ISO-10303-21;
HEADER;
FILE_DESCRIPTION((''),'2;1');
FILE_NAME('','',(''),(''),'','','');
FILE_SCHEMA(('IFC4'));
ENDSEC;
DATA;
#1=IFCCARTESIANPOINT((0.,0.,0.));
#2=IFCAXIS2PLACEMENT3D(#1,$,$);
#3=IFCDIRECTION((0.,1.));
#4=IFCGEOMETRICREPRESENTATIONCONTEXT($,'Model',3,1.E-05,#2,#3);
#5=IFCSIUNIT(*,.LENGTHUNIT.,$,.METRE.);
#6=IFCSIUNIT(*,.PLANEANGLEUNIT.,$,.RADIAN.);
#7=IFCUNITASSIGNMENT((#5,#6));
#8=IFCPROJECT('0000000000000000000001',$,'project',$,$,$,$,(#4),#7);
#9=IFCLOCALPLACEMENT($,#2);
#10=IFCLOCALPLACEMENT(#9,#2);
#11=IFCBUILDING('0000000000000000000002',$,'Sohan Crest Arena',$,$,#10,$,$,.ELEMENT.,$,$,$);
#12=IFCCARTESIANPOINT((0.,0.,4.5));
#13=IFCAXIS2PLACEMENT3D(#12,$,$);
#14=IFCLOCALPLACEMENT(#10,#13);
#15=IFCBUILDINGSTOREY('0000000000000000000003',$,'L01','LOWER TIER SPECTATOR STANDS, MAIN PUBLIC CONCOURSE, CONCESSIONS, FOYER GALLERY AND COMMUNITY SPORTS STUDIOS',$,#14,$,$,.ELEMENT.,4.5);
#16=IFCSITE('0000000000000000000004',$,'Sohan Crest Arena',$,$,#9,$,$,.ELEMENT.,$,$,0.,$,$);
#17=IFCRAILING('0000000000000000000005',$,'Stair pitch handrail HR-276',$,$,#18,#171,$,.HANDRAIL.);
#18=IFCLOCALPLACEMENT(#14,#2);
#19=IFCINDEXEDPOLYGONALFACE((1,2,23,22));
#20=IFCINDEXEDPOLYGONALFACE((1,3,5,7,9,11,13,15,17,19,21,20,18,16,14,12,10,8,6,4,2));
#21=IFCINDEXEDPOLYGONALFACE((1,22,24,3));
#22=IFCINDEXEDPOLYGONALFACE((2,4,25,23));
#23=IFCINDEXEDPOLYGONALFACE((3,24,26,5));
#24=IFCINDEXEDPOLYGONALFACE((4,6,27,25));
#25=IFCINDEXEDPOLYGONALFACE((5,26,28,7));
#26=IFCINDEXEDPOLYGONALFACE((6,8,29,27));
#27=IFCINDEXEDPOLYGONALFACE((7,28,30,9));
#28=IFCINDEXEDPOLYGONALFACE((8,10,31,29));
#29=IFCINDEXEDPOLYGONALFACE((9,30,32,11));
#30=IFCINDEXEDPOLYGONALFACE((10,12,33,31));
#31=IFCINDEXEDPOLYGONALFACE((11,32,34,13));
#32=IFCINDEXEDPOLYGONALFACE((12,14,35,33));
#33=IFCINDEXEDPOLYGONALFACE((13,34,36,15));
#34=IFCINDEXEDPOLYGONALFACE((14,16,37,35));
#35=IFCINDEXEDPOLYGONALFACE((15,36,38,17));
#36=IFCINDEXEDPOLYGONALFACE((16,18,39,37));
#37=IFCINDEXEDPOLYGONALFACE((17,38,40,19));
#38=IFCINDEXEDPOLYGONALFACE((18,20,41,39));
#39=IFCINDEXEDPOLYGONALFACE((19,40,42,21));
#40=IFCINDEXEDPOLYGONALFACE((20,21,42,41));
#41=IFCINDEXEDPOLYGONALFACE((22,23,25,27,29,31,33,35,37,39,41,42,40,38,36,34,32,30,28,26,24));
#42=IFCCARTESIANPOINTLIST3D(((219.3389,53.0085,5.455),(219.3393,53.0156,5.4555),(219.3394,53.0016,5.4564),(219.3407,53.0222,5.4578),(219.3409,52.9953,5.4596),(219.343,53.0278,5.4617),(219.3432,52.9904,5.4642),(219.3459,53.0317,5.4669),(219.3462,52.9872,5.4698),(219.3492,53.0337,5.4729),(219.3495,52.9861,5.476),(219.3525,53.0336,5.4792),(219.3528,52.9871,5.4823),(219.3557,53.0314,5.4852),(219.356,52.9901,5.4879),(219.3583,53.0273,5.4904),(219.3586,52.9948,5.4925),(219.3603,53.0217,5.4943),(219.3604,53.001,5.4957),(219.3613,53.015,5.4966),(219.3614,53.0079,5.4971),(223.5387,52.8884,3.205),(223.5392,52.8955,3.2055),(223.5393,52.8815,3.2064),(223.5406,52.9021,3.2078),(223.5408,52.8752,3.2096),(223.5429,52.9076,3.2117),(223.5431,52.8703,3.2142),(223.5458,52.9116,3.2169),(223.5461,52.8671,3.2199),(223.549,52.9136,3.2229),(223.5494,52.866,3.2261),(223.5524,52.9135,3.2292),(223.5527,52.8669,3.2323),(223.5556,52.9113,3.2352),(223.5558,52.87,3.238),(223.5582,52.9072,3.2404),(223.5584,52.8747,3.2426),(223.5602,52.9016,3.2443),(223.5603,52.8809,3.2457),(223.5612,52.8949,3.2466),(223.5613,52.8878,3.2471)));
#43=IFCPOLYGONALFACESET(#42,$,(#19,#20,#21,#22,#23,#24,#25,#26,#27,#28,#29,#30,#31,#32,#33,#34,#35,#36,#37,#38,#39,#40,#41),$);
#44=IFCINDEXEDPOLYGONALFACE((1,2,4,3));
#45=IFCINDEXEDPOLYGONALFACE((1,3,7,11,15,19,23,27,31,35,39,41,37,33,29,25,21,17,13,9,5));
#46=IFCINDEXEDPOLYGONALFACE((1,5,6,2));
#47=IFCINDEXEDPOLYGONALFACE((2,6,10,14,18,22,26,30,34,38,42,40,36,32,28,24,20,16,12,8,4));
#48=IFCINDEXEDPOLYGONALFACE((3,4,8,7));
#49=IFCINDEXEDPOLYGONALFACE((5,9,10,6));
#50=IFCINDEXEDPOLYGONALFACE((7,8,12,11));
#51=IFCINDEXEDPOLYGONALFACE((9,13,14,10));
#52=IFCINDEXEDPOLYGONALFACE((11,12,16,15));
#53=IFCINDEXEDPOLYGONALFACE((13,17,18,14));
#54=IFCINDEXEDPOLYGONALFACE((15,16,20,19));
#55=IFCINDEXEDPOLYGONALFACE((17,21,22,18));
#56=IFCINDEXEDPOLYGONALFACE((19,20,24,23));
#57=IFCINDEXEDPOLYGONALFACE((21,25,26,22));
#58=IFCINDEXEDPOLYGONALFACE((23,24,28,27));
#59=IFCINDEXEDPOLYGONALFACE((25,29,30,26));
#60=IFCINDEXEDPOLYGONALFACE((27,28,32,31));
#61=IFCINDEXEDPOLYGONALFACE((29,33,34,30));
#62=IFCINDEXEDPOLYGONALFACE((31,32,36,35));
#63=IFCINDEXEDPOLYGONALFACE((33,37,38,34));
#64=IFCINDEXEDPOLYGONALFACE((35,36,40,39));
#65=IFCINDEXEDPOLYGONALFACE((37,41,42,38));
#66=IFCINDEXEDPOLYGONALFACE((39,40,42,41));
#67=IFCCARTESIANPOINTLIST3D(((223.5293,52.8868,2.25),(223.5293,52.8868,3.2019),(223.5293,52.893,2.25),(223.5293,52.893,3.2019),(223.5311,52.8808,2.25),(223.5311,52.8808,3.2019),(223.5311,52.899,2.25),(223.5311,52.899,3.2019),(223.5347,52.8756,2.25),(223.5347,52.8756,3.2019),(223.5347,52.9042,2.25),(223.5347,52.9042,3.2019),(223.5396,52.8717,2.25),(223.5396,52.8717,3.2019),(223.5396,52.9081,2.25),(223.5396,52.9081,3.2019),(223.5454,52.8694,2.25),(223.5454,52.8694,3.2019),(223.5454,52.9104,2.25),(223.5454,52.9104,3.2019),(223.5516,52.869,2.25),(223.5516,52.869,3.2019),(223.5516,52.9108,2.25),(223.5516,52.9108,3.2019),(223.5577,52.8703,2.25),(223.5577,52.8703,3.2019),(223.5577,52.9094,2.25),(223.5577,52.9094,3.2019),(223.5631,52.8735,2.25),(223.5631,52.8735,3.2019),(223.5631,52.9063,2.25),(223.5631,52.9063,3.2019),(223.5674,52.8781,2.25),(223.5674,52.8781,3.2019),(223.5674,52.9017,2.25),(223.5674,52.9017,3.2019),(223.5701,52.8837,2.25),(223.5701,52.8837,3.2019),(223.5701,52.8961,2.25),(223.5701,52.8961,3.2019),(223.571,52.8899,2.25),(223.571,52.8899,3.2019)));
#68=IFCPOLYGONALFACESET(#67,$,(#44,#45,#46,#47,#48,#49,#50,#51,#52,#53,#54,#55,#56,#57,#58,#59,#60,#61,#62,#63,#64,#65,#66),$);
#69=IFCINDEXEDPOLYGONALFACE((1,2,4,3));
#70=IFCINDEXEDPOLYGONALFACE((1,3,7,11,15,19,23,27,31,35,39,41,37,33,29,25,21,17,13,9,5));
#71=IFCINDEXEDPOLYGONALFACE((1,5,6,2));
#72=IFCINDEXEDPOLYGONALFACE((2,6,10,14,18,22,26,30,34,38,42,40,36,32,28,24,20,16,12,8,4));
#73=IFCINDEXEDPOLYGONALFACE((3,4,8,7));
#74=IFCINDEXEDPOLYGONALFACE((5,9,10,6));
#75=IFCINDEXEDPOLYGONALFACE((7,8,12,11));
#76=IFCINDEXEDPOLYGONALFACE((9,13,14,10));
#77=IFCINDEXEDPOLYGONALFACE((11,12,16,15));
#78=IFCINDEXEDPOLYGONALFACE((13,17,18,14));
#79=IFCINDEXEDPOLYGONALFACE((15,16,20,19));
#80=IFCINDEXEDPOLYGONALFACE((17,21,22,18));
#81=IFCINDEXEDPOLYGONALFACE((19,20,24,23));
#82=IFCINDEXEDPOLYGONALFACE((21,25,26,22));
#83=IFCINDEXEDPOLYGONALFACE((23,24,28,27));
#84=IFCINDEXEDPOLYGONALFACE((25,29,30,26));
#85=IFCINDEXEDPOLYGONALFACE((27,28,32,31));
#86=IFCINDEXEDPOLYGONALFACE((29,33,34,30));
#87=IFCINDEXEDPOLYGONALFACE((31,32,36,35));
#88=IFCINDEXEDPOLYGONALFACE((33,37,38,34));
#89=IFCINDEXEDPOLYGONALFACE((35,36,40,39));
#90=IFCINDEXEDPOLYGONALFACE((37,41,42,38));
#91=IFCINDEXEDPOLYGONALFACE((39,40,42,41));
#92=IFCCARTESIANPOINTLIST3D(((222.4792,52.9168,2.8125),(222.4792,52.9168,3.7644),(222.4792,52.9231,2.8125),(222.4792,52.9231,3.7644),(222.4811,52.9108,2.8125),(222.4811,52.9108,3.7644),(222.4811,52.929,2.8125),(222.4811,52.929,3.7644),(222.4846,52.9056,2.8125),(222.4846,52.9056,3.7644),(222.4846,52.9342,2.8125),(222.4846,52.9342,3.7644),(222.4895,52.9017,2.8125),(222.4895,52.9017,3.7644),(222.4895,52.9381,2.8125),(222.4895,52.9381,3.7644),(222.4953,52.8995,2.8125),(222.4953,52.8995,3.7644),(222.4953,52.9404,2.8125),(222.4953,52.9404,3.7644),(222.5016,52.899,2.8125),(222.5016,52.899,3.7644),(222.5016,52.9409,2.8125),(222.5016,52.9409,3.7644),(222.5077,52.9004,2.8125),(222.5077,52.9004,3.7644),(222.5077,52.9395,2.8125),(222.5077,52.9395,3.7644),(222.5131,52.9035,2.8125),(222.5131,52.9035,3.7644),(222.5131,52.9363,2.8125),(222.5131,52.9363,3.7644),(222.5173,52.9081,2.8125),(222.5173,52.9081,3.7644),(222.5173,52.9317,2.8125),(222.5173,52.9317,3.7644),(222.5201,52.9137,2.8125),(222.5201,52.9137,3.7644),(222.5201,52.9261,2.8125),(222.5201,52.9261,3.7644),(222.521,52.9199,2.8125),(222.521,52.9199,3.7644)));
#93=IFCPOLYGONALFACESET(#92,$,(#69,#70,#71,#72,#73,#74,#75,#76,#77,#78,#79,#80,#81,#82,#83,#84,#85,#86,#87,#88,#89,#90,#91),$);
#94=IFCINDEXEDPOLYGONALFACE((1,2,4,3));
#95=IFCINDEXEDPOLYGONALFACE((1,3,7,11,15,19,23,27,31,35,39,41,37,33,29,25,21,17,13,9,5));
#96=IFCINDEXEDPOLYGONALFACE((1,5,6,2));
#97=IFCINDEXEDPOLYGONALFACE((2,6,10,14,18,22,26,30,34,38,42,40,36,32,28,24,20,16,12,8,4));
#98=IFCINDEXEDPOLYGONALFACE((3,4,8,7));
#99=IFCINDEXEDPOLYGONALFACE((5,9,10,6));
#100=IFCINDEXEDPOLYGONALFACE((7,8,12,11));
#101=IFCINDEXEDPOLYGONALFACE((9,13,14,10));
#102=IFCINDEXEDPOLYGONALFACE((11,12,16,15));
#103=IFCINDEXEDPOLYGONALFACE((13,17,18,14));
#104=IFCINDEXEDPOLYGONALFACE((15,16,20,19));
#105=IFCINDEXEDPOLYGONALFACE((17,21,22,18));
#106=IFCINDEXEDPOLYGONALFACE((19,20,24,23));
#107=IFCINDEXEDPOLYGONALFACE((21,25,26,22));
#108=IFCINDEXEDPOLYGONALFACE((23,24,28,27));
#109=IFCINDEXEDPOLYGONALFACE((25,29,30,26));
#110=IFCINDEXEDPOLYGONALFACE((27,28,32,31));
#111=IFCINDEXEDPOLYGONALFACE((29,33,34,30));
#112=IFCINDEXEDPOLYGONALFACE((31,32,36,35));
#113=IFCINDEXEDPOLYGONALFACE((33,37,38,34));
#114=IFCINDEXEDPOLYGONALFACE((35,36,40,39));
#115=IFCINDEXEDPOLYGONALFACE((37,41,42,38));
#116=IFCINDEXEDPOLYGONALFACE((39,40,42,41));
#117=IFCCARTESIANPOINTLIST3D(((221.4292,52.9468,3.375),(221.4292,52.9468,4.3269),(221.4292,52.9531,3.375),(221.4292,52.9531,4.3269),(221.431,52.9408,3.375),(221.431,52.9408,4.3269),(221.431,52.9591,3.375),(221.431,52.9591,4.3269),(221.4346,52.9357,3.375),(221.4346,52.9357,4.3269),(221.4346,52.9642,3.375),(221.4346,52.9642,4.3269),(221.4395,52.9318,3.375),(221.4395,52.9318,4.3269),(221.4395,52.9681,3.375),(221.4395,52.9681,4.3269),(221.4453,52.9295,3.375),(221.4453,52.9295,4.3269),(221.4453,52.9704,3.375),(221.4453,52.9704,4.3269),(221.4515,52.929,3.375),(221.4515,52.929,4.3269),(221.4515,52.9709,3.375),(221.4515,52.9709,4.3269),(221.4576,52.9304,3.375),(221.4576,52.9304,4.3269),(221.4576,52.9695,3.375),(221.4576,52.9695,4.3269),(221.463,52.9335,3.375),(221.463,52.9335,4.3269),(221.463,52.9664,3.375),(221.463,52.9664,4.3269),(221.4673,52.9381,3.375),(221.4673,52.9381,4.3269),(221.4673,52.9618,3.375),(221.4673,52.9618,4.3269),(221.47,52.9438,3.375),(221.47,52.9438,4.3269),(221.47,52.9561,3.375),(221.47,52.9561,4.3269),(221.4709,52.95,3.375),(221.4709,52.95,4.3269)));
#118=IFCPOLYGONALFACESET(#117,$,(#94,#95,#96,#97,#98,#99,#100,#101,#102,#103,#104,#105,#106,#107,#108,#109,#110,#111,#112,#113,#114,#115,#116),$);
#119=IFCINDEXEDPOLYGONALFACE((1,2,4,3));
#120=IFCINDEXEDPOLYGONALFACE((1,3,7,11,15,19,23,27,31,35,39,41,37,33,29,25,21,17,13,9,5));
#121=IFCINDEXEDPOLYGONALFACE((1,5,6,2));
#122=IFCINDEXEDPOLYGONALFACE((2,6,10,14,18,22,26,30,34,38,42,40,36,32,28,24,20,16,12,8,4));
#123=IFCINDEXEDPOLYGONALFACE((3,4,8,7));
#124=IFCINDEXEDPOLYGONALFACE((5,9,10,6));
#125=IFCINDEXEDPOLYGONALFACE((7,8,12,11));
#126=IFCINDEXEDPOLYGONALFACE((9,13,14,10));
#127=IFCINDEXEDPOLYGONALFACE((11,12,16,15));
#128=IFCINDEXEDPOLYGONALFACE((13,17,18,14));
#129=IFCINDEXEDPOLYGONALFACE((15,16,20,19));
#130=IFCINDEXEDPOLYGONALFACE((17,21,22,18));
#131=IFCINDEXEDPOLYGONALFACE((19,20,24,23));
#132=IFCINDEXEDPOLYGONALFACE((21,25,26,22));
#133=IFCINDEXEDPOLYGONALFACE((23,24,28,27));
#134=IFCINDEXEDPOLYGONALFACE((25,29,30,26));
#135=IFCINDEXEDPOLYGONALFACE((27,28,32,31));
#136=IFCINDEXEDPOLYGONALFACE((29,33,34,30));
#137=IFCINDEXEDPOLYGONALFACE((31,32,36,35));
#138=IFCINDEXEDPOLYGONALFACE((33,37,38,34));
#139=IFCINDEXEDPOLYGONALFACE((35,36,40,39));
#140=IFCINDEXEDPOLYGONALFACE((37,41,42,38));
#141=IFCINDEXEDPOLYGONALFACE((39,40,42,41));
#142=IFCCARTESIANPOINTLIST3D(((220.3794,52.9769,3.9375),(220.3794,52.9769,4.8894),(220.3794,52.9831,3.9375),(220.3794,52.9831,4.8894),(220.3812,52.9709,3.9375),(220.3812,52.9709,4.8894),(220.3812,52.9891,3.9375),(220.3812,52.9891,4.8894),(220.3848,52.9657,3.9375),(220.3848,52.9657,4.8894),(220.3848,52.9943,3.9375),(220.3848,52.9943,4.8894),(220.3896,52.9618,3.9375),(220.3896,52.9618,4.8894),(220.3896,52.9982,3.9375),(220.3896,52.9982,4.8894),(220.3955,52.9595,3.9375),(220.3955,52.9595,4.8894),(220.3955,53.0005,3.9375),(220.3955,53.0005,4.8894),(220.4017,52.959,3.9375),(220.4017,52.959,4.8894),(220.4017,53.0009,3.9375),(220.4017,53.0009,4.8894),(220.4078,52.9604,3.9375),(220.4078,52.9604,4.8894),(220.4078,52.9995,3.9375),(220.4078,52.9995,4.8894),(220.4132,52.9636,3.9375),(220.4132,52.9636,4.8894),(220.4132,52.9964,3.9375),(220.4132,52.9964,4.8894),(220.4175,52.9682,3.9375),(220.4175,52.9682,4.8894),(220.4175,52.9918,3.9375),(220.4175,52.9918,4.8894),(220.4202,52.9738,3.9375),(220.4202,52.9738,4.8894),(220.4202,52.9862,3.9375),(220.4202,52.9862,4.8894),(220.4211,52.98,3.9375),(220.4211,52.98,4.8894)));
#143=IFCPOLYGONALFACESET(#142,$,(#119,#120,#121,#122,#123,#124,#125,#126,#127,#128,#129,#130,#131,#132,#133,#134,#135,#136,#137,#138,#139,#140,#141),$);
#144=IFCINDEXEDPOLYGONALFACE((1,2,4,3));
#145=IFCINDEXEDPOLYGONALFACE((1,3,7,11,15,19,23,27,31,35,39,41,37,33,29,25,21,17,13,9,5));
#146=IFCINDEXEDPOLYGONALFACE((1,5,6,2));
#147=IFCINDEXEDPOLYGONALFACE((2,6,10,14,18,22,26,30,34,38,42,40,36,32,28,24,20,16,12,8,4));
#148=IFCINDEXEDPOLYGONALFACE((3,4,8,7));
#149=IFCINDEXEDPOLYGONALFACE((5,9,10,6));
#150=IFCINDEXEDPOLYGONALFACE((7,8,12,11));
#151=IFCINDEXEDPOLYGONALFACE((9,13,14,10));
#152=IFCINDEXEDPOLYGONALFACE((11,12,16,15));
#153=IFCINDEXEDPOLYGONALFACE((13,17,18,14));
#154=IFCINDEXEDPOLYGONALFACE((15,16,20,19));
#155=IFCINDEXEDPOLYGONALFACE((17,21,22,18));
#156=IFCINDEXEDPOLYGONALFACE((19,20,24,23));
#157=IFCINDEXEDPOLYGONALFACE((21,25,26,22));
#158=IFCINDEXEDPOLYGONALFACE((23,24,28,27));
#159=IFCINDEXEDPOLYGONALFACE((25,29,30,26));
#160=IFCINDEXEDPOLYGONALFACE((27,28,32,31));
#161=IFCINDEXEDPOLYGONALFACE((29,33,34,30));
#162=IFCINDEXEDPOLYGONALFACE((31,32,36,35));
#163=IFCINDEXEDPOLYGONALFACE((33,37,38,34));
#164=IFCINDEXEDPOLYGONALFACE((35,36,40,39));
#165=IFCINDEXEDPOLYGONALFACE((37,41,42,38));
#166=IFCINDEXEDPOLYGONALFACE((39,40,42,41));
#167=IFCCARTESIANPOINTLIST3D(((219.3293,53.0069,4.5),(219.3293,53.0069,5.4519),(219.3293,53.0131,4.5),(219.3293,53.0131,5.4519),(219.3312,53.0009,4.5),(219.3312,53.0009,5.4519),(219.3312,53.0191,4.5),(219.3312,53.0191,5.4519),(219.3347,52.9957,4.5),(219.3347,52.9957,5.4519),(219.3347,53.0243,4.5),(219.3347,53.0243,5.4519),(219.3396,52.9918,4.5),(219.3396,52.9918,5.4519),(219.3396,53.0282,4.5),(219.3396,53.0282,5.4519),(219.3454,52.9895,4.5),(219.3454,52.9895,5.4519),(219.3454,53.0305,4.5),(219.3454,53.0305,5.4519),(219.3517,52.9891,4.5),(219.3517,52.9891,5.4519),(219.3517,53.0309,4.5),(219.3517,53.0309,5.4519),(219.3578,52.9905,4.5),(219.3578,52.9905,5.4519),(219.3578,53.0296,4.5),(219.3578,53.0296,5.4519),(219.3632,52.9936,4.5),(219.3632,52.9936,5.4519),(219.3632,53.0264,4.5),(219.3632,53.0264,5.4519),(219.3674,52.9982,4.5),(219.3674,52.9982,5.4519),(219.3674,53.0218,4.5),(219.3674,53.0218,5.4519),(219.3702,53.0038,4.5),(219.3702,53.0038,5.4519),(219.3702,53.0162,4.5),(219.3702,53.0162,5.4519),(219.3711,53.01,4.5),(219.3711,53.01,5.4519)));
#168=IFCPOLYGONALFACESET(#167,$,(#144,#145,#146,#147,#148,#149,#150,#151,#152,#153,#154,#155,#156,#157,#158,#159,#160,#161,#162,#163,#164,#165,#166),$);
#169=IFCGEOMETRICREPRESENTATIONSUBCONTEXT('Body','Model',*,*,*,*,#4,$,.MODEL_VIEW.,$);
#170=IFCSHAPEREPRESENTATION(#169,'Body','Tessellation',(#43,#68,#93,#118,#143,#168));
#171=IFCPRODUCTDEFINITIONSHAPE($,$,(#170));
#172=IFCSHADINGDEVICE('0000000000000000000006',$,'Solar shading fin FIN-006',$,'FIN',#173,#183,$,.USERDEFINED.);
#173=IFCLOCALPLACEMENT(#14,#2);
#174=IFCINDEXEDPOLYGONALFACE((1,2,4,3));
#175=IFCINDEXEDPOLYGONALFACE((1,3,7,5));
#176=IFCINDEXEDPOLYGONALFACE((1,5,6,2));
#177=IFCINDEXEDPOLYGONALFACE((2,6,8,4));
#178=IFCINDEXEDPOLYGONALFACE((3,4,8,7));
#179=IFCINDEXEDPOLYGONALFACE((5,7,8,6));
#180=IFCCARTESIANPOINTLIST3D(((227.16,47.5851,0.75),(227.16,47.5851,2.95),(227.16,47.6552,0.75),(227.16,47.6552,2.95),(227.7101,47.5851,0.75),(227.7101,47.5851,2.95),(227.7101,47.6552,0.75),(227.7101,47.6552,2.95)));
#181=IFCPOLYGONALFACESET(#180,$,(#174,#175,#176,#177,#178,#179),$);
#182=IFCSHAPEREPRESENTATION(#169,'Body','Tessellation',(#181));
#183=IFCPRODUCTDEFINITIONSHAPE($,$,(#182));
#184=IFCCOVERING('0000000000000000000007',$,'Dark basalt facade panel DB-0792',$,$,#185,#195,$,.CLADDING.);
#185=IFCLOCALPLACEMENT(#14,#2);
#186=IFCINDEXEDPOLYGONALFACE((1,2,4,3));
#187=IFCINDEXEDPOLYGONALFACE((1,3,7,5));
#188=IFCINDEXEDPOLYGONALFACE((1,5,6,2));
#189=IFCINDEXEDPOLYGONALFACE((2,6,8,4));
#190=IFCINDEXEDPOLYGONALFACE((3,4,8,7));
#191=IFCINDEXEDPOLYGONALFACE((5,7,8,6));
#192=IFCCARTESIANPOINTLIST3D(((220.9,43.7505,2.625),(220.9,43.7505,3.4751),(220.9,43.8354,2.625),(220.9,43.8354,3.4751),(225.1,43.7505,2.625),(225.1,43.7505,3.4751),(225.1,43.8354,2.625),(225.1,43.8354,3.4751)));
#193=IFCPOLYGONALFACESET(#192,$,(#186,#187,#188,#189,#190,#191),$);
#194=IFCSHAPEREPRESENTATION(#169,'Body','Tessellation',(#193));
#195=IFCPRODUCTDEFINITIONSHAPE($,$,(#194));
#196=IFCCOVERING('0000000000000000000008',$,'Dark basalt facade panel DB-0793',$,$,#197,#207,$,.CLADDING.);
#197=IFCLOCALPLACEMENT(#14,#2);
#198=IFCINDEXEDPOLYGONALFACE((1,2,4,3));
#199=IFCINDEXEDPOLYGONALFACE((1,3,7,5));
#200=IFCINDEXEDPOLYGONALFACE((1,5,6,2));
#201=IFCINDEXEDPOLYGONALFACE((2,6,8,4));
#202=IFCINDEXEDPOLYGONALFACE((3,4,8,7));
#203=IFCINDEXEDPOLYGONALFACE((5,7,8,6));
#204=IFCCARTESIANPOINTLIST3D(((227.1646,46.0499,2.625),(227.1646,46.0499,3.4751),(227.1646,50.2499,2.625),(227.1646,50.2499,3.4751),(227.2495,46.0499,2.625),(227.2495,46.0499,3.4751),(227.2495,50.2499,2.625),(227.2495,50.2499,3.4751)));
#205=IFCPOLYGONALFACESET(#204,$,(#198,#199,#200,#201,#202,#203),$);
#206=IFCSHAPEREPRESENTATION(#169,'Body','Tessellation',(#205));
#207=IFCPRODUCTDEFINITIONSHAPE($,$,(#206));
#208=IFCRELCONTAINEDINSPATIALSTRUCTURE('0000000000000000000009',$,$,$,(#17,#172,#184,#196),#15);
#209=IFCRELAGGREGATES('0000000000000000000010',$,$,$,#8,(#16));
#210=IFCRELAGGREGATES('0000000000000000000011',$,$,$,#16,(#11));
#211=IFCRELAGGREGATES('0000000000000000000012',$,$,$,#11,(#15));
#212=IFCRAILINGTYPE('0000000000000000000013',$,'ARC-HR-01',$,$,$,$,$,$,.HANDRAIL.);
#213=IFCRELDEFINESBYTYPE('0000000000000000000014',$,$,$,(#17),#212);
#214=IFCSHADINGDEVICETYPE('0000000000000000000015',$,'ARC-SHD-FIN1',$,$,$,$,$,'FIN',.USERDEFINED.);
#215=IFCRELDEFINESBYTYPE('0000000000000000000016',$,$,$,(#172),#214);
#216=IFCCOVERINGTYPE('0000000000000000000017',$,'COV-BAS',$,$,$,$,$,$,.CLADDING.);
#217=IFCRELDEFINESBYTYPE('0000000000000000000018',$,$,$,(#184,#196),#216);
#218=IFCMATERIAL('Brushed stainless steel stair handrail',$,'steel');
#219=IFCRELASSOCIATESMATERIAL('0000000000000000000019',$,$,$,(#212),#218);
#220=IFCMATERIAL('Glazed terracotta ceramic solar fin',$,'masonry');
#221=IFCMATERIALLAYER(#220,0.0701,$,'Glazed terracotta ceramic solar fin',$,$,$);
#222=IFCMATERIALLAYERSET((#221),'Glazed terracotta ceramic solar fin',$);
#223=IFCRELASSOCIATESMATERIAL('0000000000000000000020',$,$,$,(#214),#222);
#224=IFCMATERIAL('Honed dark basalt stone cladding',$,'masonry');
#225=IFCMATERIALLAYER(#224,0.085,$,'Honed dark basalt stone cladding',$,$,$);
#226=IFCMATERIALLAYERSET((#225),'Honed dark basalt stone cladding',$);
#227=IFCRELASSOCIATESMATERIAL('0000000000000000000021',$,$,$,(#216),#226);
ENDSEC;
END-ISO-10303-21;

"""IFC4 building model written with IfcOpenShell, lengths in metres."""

from ifc_helpers import new_model, si_unit, direction, frame, origin, origin_2d, place, context, subcontext, project, spatial, rectangle, circle, extrude, material, layer, layer_set, type_object, element, save


model = new_model("IFC4")

# Units and contexts
model_context = context("Model", 3, precision=1e-05, world=origin(), true_north=direction((0.0, 1.0)))
body_context = subcontext(model_context, "Body", "Model", "MODEL_VIEW")
ifc_project = project(units=[si_unit("LENGTHUNIT", "METRE"), si_unit("PLANEANGLEUNIT", "RADIAN")], contexts=[model_context])

# Site, building, storey
site_placement = place(None, origin())
site = spatial("IfcSite", under=ifc_project, at=site_placement, Name="Sohan Crest Arena", CompositionType="ELEMENT", RefElevation=0.0)
building_placement = place(site_placement, origin())
building = spatial("IfcBuilding", under=site, at=building_placement, Name="Sohan Crest Arena", CompositionType="ELEMENT")
storey_placement = place(building_placement, frame((0.0, 0.0, 4.5)))
storey = spatial("IfcBuildingStorey", under=building, at=storey_placement, Name="L01", Description="LOWER TIER SPECTATOR STANDS, MAIN PUBLIC CONCOURSE, CONCESSIONS, FOYER GALLERY AND COMMUNITY SPORTS STUDIOS", CompositionType="ELEMENT", Elevation=4.5)

# Railing
ifc_material_1 = material(Name="Brushed stainless steel stair handrail", Category="steel")
railing_type_1 = type_object("IfcRailingType", Name="ARC-HR-01", PredefinedType="HANDRAIL", material=ifc_material_1)
railing_1_placement = place(storey_placement, frame((223.55, 52.8899, 2.25)))
element("IfcRailing", 1, at=railing_1_placement, inside=storey, type_object=railing_type_1, Name="Stair pitch handrail HR-276", PredefinedType="HANDRAIL", context=body_context, shape_type="SweptSolid", body=[
    extrude(circle(Radius=0.0239, at=origin_2d()), frame((0.0, 0.0, 0.9761), z_axis=(-0.881198, 0.025202, 0.472076), x_axis=(-0.028588, -0.999591, 0.0)), (0.0, 0.0, 1.0), 4.7661),
    extrude(circle(Radius=0.021, at=origin_2d()), origin(), (0.0, 0.0, 1.0), 0.9519),
    extrude(circle(Radius=0.021, at=origin_2d()), frame((-1.05, 0.03, 0.5625)), (0.0, 0.0, 1.0), 0.9519),
    extrude(circle(Radius=0.021, at=origin_2d()), frame((-2.1001, 0.0601, 1.125)), (0.0, 0.0, 1.0), 0.9519),
    extrude(circle(Radius=0.021, at=origin_2d()), frame((-3.1499, 0.0901, 1.6875)), (0.0, 0.0, 1.0), 0.9519),
    extrude(circle(Radius=0.021, at=origin_2d()), frame((-4.2, 0.1201, 2.25)), (0.0, 0.0, 1.0), 0.9519),
])

# Shading device
ifc_material_2 = material(Name="Glazed terracotta ceramic solar fin", Category="masonry")
ifc_layer_1 = layer(ifc_material_2, 0.0701, Name="Glazed terracotta ceramic solar fin")
ifc_layer_set_1 = layer_set([ifc_layer_1], Name="Glazed terracotta ceramic solar fin")
shading_device_type = type_object("IfcShadingDeviceType", Name="ARC-SHD-FIN1", ElementType="FIN", PredefinedType="USERDEFINED", material=ifc_layer_set_1)
shading_device_placement = place(storey_placement, frame((227.4351, 47.6201, 0.75), z_axis=(0.0, 0.0, 1.0), x_axis=(0.0, 1.0, 0.0)))
element("IfcShadingDevice", 2, at=shading_device_placement, inside=storey, type_object=shading_device_type, Name="Solar shading fin FIN-006", ObjectType="FIN", PredefinedType="USERDEFINED", context=body_context, shape_type="SweptSolid", body=[
    extrude(rectangle(XDim=0.0701, YDim=0.55, at=origin_2d()), origin(), (0.0, 0.0, 1.0), 2.2),
])

# Coverings
ifc_material_3 = material(Name="Honed dark basalt stone cladding", Category="masonry")
ifc_layer_2 = layer(ifc_material_3, 0.085, Name="Honed dark basalt stone cladding")
ifc_layer_set_2 = layer_set([ifc_layer_2], Name="Honed dark basalt stone cladding")
covering_type = type_object("IfcCoveringType", Name="COV-BAS", PredefinedType="CLADDING", material=ifc_layer_set_2)
for number, where, z_axis, x_axis, name in (
    (3, (223.0, 43.793, 2.625), (0.0, 0.0, 1.0), (1.0, 0.0, 0.0), "Dark basalt facade panel DB-0792"),
    (4, (227.207, 48.1499, 2.625), (0.0, 0.0, 1.0), (0.0, 1.0, 0.0), "Dark basalt facade panel DB-0793"),
):
    element("IfcCovering", number, at=place(storey_placement, frame(where, z_axis=z_axis, x_axis=x_axis)), inside=storey, type_object=covering_type, Name=name, PredefinedType="CLADDING", context=body_context, shape_type="SweptSolid", body=[
        extrude(rectangle(XDim=4.2, YDim=0.085, at=origin_2d()), origin(), (0.0, 0.0, 1.0), 0.8501),
    ])

save(model, "model.ifc")
